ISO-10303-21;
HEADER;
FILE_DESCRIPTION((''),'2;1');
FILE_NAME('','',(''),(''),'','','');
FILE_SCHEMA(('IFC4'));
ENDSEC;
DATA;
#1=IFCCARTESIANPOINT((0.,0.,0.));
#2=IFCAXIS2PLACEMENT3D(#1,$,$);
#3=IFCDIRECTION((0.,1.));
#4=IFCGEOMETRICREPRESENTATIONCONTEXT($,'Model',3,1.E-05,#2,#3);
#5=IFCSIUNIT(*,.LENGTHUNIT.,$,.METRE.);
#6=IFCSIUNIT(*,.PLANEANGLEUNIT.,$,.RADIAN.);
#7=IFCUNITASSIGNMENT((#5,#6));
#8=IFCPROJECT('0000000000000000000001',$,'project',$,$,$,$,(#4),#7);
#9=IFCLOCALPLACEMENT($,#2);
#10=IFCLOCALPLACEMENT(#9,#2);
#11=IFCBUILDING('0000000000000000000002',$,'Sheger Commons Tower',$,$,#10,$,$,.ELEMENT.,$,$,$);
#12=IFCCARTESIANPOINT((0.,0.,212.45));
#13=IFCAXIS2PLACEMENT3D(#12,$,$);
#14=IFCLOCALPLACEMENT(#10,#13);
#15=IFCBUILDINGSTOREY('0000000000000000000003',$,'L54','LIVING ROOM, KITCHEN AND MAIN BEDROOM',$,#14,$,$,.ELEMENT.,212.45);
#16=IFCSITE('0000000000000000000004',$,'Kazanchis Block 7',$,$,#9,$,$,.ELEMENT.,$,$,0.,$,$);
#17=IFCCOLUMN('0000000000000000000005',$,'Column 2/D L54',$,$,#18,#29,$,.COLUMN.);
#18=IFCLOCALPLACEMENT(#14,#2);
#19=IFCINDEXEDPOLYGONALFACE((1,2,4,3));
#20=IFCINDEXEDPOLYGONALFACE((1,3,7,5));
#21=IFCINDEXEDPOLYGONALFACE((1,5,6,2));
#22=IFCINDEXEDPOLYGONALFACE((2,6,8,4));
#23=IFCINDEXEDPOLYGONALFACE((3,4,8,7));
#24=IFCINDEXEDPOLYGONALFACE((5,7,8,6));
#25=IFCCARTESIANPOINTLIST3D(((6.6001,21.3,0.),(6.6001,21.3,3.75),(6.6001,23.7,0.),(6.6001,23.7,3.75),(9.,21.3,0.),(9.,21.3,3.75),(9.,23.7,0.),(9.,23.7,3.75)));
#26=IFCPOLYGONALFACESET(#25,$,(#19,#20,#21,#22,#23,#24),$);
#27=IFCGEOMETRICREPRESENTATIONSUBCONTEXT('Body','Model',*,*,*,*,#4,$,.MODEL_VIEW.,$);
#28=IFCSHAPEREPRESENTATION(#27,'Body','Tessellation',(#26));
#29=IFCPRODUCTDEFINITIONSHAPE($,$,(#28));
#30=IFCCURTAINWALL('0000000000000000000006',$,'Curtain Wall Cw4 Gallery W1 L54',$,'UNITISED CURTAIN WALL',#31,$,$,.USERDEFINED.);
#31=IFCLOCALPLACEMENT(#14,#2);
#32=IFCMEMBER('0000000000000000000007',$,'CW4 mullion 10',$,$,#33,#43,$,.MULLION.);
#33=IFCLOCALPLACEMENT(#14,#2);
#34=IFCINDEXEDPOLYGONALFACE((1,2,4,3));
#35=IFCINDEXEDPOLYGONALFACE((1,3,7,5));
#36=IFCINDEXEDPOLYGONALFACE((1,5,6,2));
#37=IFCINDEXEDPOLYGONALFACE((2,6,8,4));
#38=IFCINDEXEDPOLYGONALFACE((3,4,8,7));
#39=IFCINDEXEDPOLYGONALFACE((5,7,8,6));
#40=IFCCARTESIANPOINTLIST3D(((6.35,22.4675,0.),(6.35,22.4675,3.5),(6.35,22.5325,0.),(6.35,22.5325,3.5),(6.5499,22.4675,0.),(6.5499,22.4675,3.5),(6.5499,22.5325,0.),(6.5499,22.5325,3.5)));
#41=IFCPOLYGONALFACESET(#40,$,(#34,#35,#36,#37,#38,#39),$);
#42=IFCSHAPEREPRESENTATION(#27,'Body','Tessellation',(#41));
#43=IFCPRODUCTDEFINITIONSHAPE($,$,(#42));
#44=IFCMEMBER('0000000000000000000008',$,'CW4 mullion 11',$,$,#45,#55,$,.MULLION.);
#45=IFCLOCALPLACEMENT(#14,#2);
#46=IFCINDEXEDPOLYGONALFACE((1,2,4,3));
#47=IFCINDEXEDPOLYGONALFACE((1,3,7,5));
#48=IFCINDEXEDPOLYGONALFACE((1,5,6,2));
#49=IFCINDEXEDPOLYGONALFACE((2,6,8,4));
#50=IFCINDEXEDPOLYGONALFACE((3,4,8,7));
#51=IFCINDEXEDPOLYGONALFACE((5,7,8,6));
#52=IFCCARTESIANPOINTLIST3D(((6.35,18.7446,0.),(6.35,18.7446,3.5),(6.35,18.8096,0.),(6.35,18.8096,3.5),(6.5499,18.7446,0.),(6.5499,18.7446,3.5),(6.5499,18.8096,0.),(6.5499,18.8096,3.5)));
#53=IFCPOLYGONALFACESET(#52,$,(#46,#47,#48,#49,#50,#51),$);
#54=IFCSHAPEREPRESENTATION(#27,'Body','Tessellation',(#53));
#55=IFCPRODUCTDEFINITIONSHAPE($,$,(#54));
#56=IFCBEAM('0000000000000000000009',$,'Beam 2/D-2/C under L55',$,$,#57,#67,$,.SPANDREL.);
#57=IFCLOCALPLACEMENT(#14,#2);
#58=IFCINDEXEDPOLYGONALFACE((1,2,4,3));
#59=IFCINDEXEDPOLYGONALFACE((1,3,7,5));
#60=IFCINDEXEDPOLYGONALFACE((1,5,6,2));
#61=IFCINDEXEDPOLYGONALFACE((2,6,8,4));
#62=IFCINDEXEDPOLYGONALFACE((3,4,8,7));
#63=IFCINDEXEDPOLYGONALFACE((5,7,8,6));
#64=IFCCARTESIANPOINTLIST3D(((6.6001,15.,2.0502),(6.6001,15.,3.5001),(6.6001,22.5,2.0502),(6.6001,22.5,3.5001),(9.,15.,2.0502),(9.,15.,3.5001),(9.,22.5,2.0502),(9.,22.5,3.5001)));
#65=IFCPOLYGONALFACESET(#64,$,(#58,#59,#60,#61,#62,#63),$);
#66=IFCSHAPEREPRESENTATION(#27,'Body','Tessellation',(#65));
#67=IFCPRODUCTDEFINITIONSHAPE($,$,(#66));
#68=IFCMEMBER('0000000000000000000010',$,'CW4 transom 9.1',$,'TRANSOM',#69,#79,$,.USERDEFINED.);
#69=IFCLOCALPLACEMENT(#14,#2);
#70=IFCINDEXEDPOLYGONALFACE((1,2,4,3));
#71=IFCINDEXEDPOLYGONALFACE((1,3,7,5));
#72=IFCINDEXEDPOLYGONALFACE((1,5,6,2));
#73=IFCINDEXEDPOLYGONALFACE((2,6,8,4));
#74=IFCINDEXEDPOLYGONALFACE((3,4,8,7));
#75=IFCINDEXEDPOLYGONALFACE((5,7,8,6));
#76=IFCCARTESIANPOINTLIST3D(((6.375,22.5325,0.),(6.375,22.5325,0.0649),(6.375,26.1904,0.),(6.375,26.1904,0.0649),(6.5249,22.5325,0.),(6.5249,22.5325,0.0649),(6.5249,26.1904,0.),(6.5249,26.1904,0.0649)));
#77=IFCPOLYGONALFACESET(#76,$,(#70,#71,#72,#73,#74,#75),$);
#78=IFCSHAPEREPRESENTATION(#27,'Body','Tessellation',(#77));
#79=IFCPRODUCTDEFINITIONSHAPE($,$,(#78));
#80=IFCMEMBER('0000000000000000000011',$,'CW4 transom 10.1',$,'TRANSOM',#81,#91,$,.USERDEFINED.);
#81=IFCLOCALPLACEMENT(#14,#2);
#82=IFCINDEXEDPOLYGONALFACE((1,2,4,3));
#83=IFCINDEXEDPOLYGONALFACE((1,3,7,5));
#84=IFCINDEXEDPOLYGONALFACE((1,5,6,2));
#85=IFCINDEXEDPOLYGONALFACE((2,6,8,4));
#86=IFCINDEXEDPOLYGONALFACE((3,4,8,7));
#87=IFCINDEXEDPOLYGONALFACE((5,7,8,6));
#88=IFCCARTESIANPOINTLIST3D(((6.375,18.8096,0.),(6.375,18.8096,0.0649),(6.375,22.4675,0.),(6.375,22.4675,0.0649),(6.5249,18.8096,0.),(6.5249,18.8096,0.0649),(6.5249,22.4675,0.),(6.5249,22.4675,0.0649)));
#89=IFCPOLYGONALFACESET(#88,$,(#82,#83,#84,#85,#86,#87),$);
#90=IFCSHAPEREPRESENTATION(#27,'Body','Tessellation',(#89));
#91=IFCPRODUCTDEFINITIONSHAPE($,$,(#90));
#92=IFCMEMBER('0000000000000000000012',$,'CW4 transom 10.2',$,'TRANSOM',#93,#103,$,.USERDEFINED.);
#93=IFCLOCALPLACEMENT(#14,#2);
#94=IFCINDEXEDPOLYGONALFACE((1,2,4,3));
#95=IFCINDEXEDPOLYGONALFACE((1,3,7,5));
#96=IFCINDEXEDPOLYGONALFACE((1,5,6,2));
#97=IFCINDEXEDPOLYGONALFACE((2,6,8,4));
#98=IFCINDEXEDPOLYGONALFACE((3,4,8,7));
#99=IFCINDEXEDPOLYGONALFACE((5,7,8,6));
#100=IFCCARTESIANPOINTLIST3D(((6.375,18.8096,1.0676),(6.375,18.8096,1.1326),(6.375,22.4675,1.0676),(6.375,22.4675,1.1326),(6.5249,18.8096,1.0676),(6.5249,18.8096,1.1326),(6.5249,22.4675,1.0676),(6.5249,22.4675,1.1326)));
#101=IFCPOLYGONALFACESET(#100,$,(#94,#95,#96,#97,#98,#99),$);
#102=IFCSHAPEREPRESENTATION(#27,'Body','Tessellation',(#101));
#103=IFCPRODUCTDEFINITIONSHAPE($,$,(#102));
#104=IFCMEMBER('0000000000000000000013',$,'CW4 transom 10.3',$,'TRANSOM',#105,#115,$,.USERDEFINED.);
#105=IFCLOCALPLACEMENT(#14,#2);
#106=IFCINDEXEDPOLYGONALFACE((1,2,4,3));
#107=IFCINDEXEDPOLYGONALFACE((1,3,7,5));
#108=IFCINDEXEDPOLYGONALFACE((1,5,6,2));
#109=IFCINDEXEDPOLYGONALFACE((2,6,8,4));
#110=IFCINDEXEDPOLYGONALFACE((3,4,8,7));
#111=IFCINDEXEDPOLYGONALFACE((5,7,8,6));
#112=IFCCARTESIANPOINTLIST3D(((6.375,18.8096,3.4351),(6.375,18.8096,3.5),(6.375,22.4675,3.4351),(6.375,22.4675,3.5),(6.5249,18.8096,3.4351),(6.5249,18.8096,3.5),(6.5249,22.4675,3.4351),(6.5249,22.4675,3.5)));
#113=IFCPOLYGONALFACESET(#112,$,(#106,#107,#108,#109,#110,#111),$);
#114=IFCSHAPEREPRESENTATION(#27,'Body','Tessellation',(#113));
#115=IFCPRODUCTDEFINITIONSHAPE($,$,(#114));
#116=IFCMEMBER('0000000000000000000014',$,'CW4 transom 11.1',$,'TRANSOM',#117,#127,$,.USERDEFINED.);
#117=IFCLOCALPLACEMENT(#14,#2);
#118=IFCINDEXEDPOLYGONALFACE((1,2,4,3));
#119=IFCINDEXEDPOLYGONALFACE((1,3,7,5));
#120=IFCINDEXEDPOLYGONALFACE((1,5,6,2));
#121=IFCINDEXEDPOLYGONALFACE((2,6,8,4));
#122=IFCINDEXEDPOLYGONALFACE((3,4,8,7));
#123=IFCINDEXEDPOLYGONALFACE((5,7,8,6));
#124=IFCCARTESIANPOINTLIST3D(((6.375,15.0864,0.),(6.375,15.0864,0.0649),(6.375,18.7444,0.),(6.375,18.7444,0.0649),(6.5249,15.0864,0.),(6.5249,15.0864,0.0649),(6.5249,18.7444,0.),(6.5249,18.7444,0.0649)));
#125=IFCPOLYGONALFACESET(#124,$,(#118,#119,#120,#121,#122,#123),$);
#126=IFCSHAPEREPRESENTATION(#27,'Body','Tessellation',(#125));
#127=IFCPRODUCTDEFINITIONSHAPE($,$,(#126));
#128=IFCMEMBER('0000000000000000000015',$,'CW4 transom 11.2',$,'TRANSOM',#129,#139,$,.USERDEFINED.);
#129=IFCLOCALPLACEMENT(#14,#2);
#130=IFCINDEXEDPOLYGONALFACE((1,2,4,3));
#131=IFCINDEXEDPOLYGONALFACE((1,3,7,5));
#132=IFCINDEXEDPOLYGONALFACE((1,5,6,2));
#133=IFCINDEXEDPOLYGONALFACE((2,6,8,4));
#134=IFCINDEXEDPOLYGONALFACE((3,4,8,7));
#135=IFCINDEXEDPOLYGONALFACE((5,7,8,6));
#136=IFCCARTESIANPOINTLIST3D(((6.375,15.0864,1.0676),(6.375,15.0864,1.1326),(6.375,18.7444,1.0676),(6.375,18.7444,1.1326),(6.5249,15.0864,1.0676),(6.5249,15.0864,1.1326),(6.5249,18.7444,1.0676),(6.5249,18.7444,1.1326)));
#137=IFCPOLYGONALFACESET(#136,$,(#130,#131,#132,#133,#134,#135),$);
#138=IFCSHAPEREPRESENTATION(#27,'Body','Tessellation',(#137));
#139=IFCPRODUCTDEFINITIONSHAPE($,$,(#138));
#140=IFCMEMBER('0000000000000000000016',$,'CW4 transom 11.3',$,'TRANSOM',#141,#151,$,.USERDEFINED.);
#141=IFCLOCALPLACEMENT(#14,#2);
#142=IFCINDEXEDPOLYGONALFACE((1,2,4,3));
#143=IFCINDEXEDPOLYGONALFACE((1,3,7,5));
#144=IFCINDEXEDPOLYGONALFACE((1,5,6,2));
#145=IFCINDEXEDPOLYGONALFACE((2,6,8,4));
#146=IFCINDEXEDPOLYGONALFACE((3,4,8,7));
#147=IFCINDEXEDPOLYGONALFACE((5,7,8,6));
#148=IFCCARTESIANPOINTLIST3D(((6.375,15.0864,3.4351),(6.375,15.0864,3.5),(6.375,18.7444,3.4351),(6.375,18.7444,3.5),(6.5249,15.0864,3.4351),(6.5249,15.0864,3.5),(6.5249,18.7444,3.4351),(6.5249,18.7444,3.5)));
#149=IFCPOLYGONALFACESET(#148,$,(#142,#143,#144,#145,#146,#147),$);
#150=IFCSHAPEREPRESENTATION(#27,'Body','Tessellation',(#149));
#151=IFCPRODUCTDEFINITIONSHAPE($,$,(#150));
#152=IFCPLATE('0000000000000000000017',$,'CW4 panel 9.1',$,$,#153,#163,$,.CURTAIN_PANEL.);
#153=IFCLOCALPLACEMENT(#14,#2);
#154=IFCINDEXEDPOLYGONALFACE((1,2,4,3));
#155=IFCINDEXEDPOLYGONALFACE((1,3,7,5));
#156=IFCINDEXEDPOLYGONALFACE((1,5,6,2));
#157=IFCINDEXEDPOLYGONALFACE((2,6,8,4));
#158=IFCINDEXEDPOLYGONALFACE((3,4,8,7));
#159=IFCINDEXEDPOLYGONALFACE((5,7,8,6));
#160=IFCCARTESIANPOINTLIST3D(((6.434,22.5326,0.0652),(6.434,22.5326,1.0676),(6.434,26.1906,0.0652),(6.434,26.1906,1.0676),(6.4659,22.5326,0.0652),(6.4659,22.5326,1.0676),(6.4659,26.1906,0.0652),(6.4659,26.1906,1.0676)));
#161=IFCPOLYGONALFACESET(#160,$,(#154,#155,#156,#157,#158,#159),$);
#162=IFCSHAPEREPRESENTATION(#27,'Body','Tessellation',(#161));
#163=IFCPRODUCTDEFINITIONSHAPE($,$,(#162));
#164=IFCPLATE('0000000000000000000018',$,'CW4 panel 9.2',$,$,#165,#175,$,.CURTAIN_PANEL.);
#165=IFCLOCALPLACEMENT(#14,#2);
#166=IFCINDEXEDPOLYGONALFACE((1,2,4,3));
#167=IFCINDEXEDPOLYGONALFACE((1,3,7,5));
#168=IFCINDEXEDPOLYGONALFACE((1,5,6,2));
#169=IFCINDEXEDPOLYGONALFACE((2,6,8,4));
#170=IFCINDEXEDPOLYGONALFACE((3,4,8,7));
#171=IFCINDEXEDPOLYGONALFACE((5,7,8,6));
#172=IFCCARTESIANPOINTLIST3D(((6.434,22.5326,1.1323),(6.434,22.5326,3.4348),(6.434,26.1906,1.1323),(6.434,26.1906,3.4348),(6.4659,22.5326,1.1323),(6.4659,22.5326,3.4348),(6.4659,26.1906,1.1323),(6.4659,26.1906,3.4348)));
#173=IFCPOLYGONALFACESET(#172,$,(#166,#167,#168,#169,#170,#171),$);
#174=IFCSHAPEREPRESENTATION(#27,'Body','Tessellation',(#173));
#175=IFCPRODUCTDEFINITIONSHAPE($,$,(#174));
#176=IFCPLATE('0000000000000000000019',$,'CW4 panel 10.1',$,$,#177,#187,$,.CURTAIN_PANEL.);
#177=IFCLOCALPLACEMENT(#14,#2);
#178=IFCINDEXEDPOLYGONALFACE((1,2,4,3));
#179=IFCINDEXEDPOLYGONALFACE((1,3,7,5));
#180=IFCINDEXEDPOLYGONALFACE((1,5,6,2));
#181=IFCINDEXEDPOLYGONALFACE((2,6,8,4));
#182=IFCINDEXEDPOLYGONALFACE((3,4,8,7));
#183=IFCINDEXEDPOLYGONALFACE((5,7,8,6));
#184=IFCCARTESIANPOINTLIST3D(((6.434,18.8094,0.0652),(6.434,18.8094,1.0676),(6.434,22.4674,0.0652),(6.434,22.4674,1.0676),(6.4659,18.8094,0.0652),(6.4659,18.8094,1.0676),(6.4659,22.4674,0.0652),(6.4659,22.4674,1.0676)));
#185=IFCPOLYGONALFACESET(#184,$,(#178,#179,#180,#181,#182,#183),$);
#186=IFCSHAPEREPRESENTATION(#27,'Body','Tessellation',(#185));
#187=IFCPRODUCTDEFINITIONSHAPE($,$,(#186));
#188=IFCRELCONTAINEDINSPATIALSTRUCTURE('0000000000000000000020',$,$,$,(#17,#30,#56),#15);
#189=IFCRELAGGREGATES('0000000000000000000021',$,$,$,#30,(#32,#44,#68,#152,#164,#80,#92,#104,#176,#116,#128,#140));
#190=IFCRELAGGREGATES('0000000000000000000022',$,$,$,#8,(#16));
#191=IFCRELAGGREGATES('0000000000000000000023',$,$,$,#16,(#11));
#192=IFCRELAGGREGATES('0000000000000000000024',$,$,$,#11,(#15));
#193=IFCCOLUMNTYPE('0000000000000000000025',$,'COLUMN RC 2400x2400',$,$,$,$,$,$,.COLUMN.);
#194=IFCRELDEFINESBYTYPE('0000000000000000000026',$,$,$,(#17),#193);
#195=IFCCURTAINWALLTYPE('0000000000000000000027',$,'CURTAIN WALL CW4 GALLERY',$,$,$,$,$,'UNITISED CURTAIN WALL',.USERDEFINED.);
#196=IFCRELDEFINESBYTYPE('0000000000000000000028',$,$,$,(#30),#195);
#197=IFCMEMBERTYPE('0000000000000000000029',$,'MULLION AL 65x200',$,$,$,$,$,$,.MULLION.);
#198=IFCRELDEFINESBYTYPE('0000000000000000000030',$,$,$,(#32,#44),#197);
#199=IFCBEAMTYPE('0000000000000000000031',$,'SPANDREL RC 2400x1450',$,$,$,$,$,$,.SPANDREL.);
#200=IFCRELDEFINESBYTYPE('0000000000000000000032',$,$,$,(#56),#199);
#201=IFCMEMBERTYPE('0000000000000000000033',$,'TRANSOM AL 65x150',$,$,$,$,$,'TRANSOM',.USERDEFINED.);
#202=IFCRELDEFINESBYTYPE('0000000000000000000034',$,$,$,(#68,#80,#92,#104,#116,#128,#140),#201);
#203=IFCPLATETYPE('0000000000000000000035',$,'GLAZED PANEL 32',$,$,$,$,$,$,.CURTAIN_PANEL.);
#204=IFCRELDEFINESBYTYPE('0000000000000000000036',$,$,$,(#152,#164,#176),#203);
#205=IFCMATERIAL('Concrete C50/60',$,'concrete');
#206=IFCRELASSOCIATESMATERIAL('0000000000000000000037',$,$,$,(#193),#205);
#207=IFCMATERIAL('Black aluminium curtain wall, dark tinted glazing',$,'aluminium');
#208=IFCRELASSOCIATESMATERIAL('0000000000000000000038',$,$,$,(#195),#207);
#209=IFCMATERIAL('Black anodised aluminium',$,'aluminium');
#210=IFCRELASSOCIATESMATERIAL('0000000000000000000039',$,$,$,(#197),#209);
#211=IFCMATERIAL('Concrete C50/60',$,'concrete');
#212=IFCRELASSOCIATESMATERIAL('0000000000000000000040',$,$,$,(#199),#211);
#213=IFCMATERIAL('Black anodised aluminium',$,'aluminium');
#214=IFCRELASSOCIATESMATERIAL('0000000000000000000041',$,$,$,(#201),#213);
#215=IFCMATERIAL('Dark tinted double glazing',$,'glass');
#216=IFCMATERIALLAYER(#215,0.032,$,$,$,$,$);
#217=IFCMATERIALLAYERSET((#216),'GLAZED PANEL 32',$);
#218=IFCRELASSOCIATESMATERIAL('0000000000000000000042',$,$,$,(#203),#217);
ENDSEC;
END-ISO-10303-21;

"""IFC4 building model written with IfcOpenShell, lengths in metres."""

from ifc_helpers import new_model, si_unit, direction, frame, origin, origin_2d, place, context, subcontext, project, spatial, rectangle, extrude, material, layer, layer_set, material_profile, profile_set, type_object, element, aggregate, save


model = new_model("IFC4")

# Units and contexts
model_context = context("Model", 3, precision=1e-05, world=origin(), true_north=direction((0.0, 1.0)))
body_context = subcontext(model_context, "Body", "Model", "MODEL_VIEW")
ifc_project = project(units=[si_unit("LENGTHUNIT", "METRE"), si_unit("PLANEANGLEUNIT", "RADIAN")], contexts=[model_context])

# Site, building, storey
site_placement = place(None, origin())
site = spatial("IfcSite", under=ifc_project, at=site_placement, Name="Kazanchis Block 7", CompositionType="ELEMENT", RefElevation=0.0)
building_placement = place(site_placement, origin())
building = spatial("IfcBuilding", under=site, at=building_placement, Name="Sheger Commons Tower", CompositionType="ELEMENT")
storey_placement = place(building_placement, frame((0.0, 0.0, 212.45)))
storey = spatial("IfcBuildingStorey", under=building, at=storey_placement, Name="L54", Description="LIVING ROOM, KITCHEN AND MAIN BEDROOM", CompositionType="ELEMENT", Elevation=212.45)

# Column
ifc_material_1 = material(Name="Concrete C50/60", Category="concrete")
ifc_material_profile_1 = material_profile(ifc_material_1, rectangle(XDim=2.3999, YDim=2.3999, at=origin_2d()), Name="RC 2400x2400")
ifc_profile_set_1 = profile_set([ifc_material_profile_1], Name="Concrete C50/60")
column_type = type_object("IfcColumnType", Name="COLUMN RC 2400x2400", PredefinedType="COLUMN", material=ifc_profile_set_1)
column_placement = place(storey_placement, frame((7.8, 22.5, 0.0), z_axis=(0.0, 0.0, 1.0), x_axis=(1.0, 0.0, 0.0)))
element("IfcColumn", 1, at=column_placement, inside=storey, type_object=column_type, Name="Column 2/D L54", PredefinedType="COLUMN", context=body_context, shape_type="SweptSolid", body=[
    extrude(rectangle(XDim=2.3999, YDim=2.3999, at=origin_2d()), origin(), (0.0, 0.0, 1.0), 3.75),
])

# Curtain wall, members
ifc_material_2 = material(Name="Black aluminium curtain wall, dark tinted glazing", Category="aluminium")
curtain_wall_type = type_object("IfcCurtainWallType", Name="CURTAIN WALL CW4 GALLERY", ElementType="UNITISED CURTAIN WALL", PredefinedType="USERDEFINED", material=ifc_material_2)
curtain_wall_placement = place(storey_placement, origin())
curtain_wall = element("IfcCurtainWall", 2, at=curtain_wall_placement, inside=storey, type_object=curtain_wall_type, Name="Curtain Wall Cw4 Gallery W1 L54", ObjectType="UNITISED CURTAIN WALL", PredefinedType="USERDEFINED")
ifc_material_3 = material(Name="Black anodised aluminium", Category="aluminium")
ifc_material_profile_2 = material_profile(ifc_material_3, rectangle(XDim=0.2, YDim=0.0649, at=origin_2d()), Name="AL 65x200")
ifc_profile_set_2 = profile_set([ifc_material_profile_2], Name="Black anodised aluminium")
member_type_1 = type_object("IfcMemberType", Name="MULLION AL 65x200", PredefinedType="MULLION", material=ifc_profile_set_2)
member_1_placement = place(storey_placement, frame((6.45, 22.5, 0.0), z_axis=(0.0, 0.0, 1.0), x_axis=(1.0, 0.0, 0.0)))
member_1 = element("IfcMember", 3, at=member_1_placement, type_object=member_type_1, Name="CW4 mullion 10", PredefinedType="MULLION", context=body_context, shape_type="SweptSolid", body=[
    extrude(rectangle(XDim=0.2, YDim=0.0649, at=origin_2d()), origin(), (0.0, 0.0, 1.0), 3.5),
])
member_2_placement = place(storey_placement, frame((6.45, 18.7771, 0.0), z_axis=(0.0, 0.0, 1.0), x_axis=(1.0, 0.0, 0.0)))
member_2 = element("IfcMember", 4, at=member_2_placement, type_object=member_type_1, Name="CW4 mullion 11", PredefinedType="MULLION", context=body_context, shape_type="SweptSolid", body=[
    extrude(rectangle(XDim=0.2, YDim=0.0649, at=origin_2d()), origin(), (0.0, 0.0, 1.0), 3.5),
])

# Beam
ifc_material_4 = material(Name="Concrete C50/60", Category="concrete")
ifc_material_profile_3 = material_profile(ifc_material_4, rectangle(XDim=2.3999, YDim=1.45, at=origin_2d()), Name="RC 2400x1450")
ifc_profile_set_3 = profile_set([ifc_material_profile_3], Name="Concrete C50/60")
beam_type = type_object("IfcBeamType", Name="SPANDREL RC 2400x1450", PredefinedType="SPANDREL", material=ifc_profile_set_3)
beam_placement = place(storey_placement, frame((7.8, 22.5, 2.7751), z_axis=(0.0, -1.0, 0.0), x_axis=(1.0, 0.0, 0.0)))
element("IfcBeam", 5, at=beam_placement, inside=storey, type_object=beam_type, Name="Beam 2/D-2/C under L55", PredefinedType="SPANDREL", context=body_context, shape_type="SweptSolid", body=[
    extrude(rectangle(XDim=2.3999, YDim=1.45, at=origin_2d()), origin(), (0.0, 0.0, 1.0), 7.5),
])

# Members
ifc_material_5 = material(Name="Black anodised aluminium", Category="aluminium")
ifc_material_profile_4 = material_profile(ifc_material_5, rectangle(XDim=0.1499, YDim=0.0649, at=origin_2d()), Name="AL 65x150")
ifc_profile_set_4 = profile_set([ifc_material_profile_4], Name="Black anodised aluminium")
member_type_2 = type_object("IfcMemberType", Name="TRANSOM AL 65x150", ElementType="TRANSOM", PredefinedType="USERDEFINED", material=ifc_profile_set_4)
member_3_placement = place(storey_placement, frame((6.45, 26.1904, 0.0325), z_axis=(0.0, -1.0, 0.0), x_axis=(1.0, 0.0, 0.0)))
member_3 = element("IfcMember", 6, at=member_3_placement, type_object=member_type_2, Name="CW4 transom 9.1", ObjectType="TRANSOM", PredefinedType="USERDEFINED", context=body_context, shape_type="SweptSolid", body=[
    extrude(rectangle(XDim=0.1499, YDim=0.0649, at=origin_2d()), origin(), (0.0, 0.0, 1.0), 3.658),
])
member_4_placement = place(storey_placement, frame((6.45, 22.4675, 0.0325), z_axis=(0.0, -1.0, 0.0), x_axis=(1.0, 0.0, 0.0)))
member_4 = element("IfcMember", 7, at=member_4_placement, type_object=member_type_2, Name="CW4 transom 10.1", ObjectType="TRANSOM", PredefinedType="USERDEFINED", context=body_context, shape_type="SweptSolid", body=[
    extrude(rectangle(XDim=0.1499, YDim=0.0649, at=origin_2d()), origin(), (0.0, 0.0, 1.0), 3.658),
])
member_5_placement = place(storey_placement, frame((6.45, 22.4675, 1.1001), z_axis=(0.0, -1.0, 0.0), x_axis=(1.0, 0.0, 0.0)))
member_5 = element("IfcMember", 8, at=member_5_placement, type_object=member_type_2, Name="CW4 transom 10.2", ObjectType="TRANSOM", PredefinedType="USERDEFINED", context=body_context, shape_type="SweptSolid", body=[
    extrude(rectangle(XDim=0.1499, YDim=0.0649, at=origin_2d()), origin(), (0.0, 0.0, 1.0), 3.658),
])
member_6_placement = place(storey_placement, frame((6.45, 22.4675, 3.4675), z_axis=(0.0, -1.0, 0.0), x_axis=(1.0, 0.0, 0.0)))
member_6 = element("IfcMember", 9, at=member_6_placement, type_object=member_type_2, Name="CW4 transom 10.3", ObjectType="TRANSOM", PredefinedType="USERDEFINED", context=body_context, shape_type="SweptSolid", body=[
    extrude(rectangle(XDim=0.1499, YDim=0.0649, at=origin_2d()), origin(), (0.0, 0.0, 1.0), 3.658),
])
member_7_placement = place(storey_placement, frame((6.45, 18.7444, 0.0325), z_axis=(0.0, -1.0, 0.0), x_axis=(1.0, 0.0, 0.0)))
member_7 = element("IfcMember", 10, at=member_7_placement, type_object=member_type_2, Name="CW4 transom 11.1", ObjectType="TRANSOM", PredefinedType="USERDEFINED", context=body_context, shape_type="SweptSolid", body=[
    extrude(rectangle(XDim=0.1499, YDim=0.0649, at=origin_2d()), origin(), (0.0, 0.0, 1.0), 3.658),
])
member_8_placement = place(storey_placement, frame((6.45, 18.7444, 1.1001), z_axis=(0.0, -1.0, 0.0), x_axis=(1.0, 0.0, 0.0)))
member_8 = element("IfcMember", 11, at=member_8_placement, type_object=member_type_2, Name="CW4 transom 11.2", ObjectType="TRANSOM", PredefinedType="USERDEFINED", context=body_context, shape_type="SweptSolid", body=[
    extrude(rectangle(XDim=0.1499, YDim=0.0649, at=origin_2d()), origin(), (0.0, 0.0, 1.0), 3.658),
])
member_9_placement = place(storey_placement, frame((6.45, 18.7444, 3.4675), z_axis=(0.0, -1.0, 0.0), x_axis=(1.0, 0.0, 0.0)))
member_9 = element("IfcMember", 12, at=member_9_placement, type_object=member_type_2, Name="CW4 transom 11.3", ObjectType="TRANSOM", PredefinedType="USERDEFINED", context=body_context, shape_type="SweptSolid", body=[
    extrude(rectangle(XDim=0.1499, YDim=0.0649, at=origin_2d()), origin(), (0.0, 0.0, 1.0), 3.658),
])

# Plates
ifc_material_6 = material(Name="Dark tinted double glazing", Category="glass")
ifc_layer_1 = layer(ifc_material_6, 0.032)
ifc_layer_set_1 = layer_set([ifc_layer_1], Name="GLAZED PANEL 32")
plate_type_1 = type_object("IfcPlateType", Name="GLAZED PANEL 32", PredefinedType="CURTAIN_PANEL", material=ifc_layer_set_1)
plate_1_placement = place(storey_placement, frame((6.45, 24.3616, 0.0652), z_axis=(0.0, 0.0, 1.0), x_axis=(0.0, -1.0, 0.0)))
plate_1 = element("IfcPlate", 13, at=plate_1_placement, type_object=plate_type_1, Name="CW4 panel 9.1", PredefinedType="CURTAIN_PANEL", context=body_context, shape_type="SweptSolid", body=[
    extrude(rectangle(XDim=3.658, YDim=0.032, at=origin_2d()), origin(), (0.0, 0.0, 1.0), 1.0024),
])
plate_2_placement = place(storey_placement, frame((6.45, 24.3616, 1.1323), z_axis=(0.0, 0.0, 1.0), x_axis=(0.0, -1.0, 0.0)))
plate_2 = element("IfcPlate", 14, at=plate_2_placement, type_object=plate_type_1, Name="CW4 panel 9.2", PredefinedType="CURTAIN_PANEL", context=body_context, shape_type="SweptSolid", body=[
    extrude(rectangle(XDim=3.658, YDim=0.032, at=origin_2d()), origin(), (0.0, 0.0, 1.0), 2.3025),
])
plate_3_placement = place(storey_placement, frame((6.45, 20.6384, 0.0652), z_axis=(0.0, 0.0, 1.0), x_axis=(0.0, -1.0, 0.0)))
plate_3 = element("IfcPlate", 15, at=plate_3_placement, type_object=plate_type_1, Name="CW4 panel 10.1", PredefinedType="CURTAIN_PANEL", context=body_context, shape_type="SweptSolid", body=[
    extrude(rectangle(XDim=3.658, YDim=0.032, at=origin_2d()), origin(), (0.0, 0.0, 1.0), 1.0024),
])
aggregate(curtain_wall, [member_1, member_2, member_3, plate_1, plate_2, member_4, member_5, member_6, plate_3, member_7, member_8, member_9])

save(model, "model.ifc")
